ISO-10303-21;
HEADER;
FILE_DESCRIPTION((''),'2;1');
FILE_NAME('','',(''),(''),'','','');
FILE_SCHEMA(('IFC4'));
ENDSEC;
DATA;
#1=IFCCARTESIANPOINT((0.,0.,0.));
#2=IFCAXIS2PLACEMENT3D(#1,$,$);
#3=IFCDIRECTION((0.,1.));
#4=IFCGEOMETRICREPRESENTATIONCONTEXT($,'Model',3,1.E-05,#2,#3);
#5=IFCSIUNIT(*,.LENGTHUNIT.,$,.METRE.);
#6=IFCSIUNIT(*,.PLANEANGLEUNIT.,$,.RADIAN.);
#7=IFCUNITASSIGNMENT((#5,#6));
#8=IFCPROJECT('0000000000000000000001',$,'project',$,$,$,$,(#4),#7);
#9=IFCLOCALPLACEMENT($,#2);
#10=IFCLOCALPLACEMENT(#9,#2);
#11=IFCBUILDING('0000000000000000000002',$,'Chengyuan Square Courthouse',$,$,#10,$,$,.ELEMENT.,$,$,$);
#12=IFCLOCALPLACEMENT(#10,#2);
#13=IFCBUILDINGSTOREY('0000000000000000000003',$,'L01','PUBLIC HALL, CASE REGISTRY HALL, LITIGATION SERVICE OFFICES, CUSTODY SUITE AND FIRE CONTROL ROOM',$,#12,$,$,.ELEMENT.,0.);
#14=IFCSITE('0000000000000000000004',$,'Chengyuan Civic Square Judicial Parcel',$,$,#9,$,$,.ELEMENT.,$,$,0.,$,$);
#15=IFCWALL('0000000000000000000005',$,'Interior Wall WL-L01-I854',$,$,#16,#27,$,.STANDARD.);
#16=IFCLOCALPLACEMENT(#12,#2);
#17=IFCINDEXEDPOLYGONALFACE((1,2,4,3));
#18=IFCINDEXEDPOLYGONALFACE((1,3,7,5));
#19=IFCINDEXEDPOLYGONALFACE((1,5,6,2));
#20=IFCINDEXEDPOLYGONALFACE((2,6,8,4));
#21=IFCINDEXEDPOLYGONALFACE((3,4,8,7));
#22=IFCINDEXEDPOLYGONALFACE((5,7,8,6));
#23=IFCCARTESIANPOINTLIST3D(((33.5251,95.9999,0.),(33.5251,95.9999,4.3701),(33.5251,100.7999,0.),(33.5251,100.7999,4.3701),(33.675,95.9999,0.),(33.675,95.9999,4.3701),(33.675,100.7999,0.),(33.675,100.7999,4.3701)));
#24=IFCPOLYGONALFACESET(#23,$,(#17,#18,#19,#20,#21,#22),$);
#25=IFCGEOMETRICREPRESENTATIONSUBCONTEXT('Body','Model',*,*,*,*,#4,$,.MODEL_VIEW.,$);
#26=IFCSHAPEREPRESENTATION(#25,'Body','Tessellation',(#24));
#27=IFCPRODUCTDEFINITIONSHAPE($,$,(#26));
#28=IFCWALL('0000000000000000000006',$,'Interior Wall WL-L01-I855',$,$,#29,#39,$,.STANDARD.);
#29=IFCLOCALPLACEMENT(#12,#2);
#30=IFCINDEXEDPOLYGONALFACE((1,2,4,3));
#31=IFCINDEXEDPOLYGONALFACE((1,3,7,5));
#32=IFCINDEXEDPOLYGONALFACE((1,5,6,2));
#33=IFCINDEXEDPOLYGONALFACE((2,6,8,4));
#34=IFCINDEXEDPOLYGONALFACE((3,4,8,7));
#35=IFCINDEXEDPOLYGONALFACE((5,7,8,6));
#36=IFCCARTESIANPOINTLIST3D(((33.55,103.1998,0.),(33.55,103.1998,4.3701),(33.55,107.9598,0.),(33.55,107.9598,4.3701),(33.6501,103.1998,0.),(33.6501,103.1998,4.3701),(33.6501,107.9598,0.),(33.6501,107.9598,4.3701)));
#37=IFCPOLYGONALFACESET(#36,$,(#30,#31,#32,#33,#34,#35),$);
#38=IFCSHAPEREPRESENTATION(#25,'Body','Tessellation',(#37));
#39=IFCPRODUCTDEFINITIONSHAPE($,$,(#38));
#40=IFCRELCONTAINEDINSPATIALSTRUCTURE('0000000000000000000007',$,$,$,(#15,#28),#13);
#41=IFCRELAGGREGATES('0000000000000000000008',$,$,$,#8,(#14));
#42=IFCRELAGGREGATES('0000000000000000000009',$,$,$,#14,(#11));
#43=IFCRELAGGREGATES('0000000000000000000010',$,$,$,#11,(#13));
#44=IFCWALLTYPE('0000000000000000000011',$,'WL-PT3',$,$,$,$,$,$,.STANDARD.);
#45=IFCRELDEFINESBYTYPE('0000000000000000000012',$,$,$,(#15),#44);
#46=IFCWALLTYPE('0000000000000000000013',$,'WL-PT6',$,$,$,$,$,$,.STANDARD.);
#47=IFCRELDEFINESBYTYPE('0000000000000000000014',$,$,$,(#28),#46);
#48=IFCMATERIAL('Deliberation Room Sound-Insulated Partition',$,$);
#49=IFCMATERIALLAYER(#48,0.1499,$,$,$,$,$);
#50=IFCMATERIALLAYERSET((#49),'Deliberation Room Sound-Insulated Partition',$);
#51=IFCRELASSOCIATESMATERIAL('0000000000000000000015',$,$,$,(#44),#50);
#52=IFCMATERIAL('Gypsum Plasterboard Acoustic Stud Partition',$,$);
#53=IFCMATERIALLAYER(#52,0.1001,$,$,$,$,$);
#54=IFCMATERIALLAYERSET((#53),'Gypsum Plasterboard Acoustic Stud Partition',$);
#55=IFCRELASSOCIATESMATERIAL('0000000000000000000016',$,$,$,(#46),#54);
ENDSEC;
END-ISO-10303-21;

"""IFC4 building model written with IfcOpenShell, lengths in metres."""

from ifc_helpers import new_model, si_unit, direction, frame, frame_2d, origin, place, context, subcontext, project, spatial, rectangle, extrude, material, layer, layer_set, type_object, element, save


model = new_model("IFC4")

# Units and contexts
model_context = context("Model", 3, precision=1e-05, world=origin(), true_north=direction((0.0, 1.0)))
body_context = subcontext(model_context, "Body", "Model", "MODEL_VIEW")
ifc_project = project(units=[si_unit("LENGTHUNIT", "METRE"), si_unit("PLANEANGLEUNIT", "RADIAN")], contexts=[model_context])

# Site, building, storey
site_placement = place(None, origin())
site = spatial("IfcSite", under=ifc_project, at=site_placement, Name="Chengyuan Civic Square Judicial Parcel", CompositionType="ELEMENT", RefElevation=0.0)
building_placement = place(site_placement, origin())
building = spatial("IfcBuilding", under=site, at=building_placement, Name="Chengyuan Square Courthouse", CompositionType="ELEMENT")
storey_placement = place(building_placement, origin())
storey = spatial("IfcBuildingStorey", under=building, at=storey_placement, Name="L01", Description="PUBLIC HALL, CASE REGISTRY HALL, LITIGATION SERVICE OFFICES, CUSTODY SUITE AND FIRE CONTROL ROOM", CompositionType="ELEMENT", Elevation=0.0)

# Walls
ifc_material_1 = material(Name="Deliberation Room Sound-Insulated Partition")
ifc_layer_1 = layer(ifc_material_1, 0.1499)
ifc_layer_set_1 = layer_set([ifc_layer_1], Name="Deliberation Room Sound-Insulated Partition")
wall_type_1 = type_object("IfcWallType", Name="WL-PT3", PredefinedType="STANDARD", material=ifc_layer_set_1)
wall_1_placement = place(storey_placement, frame((33.6001, 96.0, 0.0), z_axis=(0.0, 0.0, 1.0), x_axis=(0.0, 1.0, 0.0)))
element("IfcWall", 1, at=wall_1_placement, inside=storey, type_object=wall_type_1, Name="Interior Wall WL-L01-I854", PredefinedType="STANDARD", context=body_context, shape_type="SweptSolid", body=[
    extrude(rectangle(XDim=4.8, YDim=0.1499, at=frame_2d((2.3999, 0.0))), origin(), (0.0, 0.0, 1.0), 4.3701),
])
ifc_material_2 = material(Name="Gypsum Plasterboard Acoustic Stud Partition")
ifc_layer_2 = layer(ifc_material_2, 0.1001)
ifc_layer_set_2 = layer_set([ifc_layer_2], Name="Gypsum Plasterboard Acoustic Stud Partition")
wall_type_2 = type_object("IfcWallType", Name="WL-PT6", PredefinedType="STANDARD", material=ifc_layer_set_2)
wall_2_placement = place(storey_placement, frame((33.6001, 103.2, 0.0), z_axis=(0.0, 0.0, 1.0), x_axis=(0.0, 1.0, 0.0)))
element("IfcWall", 2, at=wall_2_placement, inside=storey, type_object=wall_type_2, Name="Interior Wall WL-L01-I855", PredefinedType="STANDARD", context=body_context, shape_type="SweptSolid", body=[
    extrude(rectangle(XDim=4.76, YDim=0.1001, at=frame_2d((2.3799, 0.0))), origin(), (0.0, 0.0, 1.0), 4.3701),
])

save(model, "model.ifc")
